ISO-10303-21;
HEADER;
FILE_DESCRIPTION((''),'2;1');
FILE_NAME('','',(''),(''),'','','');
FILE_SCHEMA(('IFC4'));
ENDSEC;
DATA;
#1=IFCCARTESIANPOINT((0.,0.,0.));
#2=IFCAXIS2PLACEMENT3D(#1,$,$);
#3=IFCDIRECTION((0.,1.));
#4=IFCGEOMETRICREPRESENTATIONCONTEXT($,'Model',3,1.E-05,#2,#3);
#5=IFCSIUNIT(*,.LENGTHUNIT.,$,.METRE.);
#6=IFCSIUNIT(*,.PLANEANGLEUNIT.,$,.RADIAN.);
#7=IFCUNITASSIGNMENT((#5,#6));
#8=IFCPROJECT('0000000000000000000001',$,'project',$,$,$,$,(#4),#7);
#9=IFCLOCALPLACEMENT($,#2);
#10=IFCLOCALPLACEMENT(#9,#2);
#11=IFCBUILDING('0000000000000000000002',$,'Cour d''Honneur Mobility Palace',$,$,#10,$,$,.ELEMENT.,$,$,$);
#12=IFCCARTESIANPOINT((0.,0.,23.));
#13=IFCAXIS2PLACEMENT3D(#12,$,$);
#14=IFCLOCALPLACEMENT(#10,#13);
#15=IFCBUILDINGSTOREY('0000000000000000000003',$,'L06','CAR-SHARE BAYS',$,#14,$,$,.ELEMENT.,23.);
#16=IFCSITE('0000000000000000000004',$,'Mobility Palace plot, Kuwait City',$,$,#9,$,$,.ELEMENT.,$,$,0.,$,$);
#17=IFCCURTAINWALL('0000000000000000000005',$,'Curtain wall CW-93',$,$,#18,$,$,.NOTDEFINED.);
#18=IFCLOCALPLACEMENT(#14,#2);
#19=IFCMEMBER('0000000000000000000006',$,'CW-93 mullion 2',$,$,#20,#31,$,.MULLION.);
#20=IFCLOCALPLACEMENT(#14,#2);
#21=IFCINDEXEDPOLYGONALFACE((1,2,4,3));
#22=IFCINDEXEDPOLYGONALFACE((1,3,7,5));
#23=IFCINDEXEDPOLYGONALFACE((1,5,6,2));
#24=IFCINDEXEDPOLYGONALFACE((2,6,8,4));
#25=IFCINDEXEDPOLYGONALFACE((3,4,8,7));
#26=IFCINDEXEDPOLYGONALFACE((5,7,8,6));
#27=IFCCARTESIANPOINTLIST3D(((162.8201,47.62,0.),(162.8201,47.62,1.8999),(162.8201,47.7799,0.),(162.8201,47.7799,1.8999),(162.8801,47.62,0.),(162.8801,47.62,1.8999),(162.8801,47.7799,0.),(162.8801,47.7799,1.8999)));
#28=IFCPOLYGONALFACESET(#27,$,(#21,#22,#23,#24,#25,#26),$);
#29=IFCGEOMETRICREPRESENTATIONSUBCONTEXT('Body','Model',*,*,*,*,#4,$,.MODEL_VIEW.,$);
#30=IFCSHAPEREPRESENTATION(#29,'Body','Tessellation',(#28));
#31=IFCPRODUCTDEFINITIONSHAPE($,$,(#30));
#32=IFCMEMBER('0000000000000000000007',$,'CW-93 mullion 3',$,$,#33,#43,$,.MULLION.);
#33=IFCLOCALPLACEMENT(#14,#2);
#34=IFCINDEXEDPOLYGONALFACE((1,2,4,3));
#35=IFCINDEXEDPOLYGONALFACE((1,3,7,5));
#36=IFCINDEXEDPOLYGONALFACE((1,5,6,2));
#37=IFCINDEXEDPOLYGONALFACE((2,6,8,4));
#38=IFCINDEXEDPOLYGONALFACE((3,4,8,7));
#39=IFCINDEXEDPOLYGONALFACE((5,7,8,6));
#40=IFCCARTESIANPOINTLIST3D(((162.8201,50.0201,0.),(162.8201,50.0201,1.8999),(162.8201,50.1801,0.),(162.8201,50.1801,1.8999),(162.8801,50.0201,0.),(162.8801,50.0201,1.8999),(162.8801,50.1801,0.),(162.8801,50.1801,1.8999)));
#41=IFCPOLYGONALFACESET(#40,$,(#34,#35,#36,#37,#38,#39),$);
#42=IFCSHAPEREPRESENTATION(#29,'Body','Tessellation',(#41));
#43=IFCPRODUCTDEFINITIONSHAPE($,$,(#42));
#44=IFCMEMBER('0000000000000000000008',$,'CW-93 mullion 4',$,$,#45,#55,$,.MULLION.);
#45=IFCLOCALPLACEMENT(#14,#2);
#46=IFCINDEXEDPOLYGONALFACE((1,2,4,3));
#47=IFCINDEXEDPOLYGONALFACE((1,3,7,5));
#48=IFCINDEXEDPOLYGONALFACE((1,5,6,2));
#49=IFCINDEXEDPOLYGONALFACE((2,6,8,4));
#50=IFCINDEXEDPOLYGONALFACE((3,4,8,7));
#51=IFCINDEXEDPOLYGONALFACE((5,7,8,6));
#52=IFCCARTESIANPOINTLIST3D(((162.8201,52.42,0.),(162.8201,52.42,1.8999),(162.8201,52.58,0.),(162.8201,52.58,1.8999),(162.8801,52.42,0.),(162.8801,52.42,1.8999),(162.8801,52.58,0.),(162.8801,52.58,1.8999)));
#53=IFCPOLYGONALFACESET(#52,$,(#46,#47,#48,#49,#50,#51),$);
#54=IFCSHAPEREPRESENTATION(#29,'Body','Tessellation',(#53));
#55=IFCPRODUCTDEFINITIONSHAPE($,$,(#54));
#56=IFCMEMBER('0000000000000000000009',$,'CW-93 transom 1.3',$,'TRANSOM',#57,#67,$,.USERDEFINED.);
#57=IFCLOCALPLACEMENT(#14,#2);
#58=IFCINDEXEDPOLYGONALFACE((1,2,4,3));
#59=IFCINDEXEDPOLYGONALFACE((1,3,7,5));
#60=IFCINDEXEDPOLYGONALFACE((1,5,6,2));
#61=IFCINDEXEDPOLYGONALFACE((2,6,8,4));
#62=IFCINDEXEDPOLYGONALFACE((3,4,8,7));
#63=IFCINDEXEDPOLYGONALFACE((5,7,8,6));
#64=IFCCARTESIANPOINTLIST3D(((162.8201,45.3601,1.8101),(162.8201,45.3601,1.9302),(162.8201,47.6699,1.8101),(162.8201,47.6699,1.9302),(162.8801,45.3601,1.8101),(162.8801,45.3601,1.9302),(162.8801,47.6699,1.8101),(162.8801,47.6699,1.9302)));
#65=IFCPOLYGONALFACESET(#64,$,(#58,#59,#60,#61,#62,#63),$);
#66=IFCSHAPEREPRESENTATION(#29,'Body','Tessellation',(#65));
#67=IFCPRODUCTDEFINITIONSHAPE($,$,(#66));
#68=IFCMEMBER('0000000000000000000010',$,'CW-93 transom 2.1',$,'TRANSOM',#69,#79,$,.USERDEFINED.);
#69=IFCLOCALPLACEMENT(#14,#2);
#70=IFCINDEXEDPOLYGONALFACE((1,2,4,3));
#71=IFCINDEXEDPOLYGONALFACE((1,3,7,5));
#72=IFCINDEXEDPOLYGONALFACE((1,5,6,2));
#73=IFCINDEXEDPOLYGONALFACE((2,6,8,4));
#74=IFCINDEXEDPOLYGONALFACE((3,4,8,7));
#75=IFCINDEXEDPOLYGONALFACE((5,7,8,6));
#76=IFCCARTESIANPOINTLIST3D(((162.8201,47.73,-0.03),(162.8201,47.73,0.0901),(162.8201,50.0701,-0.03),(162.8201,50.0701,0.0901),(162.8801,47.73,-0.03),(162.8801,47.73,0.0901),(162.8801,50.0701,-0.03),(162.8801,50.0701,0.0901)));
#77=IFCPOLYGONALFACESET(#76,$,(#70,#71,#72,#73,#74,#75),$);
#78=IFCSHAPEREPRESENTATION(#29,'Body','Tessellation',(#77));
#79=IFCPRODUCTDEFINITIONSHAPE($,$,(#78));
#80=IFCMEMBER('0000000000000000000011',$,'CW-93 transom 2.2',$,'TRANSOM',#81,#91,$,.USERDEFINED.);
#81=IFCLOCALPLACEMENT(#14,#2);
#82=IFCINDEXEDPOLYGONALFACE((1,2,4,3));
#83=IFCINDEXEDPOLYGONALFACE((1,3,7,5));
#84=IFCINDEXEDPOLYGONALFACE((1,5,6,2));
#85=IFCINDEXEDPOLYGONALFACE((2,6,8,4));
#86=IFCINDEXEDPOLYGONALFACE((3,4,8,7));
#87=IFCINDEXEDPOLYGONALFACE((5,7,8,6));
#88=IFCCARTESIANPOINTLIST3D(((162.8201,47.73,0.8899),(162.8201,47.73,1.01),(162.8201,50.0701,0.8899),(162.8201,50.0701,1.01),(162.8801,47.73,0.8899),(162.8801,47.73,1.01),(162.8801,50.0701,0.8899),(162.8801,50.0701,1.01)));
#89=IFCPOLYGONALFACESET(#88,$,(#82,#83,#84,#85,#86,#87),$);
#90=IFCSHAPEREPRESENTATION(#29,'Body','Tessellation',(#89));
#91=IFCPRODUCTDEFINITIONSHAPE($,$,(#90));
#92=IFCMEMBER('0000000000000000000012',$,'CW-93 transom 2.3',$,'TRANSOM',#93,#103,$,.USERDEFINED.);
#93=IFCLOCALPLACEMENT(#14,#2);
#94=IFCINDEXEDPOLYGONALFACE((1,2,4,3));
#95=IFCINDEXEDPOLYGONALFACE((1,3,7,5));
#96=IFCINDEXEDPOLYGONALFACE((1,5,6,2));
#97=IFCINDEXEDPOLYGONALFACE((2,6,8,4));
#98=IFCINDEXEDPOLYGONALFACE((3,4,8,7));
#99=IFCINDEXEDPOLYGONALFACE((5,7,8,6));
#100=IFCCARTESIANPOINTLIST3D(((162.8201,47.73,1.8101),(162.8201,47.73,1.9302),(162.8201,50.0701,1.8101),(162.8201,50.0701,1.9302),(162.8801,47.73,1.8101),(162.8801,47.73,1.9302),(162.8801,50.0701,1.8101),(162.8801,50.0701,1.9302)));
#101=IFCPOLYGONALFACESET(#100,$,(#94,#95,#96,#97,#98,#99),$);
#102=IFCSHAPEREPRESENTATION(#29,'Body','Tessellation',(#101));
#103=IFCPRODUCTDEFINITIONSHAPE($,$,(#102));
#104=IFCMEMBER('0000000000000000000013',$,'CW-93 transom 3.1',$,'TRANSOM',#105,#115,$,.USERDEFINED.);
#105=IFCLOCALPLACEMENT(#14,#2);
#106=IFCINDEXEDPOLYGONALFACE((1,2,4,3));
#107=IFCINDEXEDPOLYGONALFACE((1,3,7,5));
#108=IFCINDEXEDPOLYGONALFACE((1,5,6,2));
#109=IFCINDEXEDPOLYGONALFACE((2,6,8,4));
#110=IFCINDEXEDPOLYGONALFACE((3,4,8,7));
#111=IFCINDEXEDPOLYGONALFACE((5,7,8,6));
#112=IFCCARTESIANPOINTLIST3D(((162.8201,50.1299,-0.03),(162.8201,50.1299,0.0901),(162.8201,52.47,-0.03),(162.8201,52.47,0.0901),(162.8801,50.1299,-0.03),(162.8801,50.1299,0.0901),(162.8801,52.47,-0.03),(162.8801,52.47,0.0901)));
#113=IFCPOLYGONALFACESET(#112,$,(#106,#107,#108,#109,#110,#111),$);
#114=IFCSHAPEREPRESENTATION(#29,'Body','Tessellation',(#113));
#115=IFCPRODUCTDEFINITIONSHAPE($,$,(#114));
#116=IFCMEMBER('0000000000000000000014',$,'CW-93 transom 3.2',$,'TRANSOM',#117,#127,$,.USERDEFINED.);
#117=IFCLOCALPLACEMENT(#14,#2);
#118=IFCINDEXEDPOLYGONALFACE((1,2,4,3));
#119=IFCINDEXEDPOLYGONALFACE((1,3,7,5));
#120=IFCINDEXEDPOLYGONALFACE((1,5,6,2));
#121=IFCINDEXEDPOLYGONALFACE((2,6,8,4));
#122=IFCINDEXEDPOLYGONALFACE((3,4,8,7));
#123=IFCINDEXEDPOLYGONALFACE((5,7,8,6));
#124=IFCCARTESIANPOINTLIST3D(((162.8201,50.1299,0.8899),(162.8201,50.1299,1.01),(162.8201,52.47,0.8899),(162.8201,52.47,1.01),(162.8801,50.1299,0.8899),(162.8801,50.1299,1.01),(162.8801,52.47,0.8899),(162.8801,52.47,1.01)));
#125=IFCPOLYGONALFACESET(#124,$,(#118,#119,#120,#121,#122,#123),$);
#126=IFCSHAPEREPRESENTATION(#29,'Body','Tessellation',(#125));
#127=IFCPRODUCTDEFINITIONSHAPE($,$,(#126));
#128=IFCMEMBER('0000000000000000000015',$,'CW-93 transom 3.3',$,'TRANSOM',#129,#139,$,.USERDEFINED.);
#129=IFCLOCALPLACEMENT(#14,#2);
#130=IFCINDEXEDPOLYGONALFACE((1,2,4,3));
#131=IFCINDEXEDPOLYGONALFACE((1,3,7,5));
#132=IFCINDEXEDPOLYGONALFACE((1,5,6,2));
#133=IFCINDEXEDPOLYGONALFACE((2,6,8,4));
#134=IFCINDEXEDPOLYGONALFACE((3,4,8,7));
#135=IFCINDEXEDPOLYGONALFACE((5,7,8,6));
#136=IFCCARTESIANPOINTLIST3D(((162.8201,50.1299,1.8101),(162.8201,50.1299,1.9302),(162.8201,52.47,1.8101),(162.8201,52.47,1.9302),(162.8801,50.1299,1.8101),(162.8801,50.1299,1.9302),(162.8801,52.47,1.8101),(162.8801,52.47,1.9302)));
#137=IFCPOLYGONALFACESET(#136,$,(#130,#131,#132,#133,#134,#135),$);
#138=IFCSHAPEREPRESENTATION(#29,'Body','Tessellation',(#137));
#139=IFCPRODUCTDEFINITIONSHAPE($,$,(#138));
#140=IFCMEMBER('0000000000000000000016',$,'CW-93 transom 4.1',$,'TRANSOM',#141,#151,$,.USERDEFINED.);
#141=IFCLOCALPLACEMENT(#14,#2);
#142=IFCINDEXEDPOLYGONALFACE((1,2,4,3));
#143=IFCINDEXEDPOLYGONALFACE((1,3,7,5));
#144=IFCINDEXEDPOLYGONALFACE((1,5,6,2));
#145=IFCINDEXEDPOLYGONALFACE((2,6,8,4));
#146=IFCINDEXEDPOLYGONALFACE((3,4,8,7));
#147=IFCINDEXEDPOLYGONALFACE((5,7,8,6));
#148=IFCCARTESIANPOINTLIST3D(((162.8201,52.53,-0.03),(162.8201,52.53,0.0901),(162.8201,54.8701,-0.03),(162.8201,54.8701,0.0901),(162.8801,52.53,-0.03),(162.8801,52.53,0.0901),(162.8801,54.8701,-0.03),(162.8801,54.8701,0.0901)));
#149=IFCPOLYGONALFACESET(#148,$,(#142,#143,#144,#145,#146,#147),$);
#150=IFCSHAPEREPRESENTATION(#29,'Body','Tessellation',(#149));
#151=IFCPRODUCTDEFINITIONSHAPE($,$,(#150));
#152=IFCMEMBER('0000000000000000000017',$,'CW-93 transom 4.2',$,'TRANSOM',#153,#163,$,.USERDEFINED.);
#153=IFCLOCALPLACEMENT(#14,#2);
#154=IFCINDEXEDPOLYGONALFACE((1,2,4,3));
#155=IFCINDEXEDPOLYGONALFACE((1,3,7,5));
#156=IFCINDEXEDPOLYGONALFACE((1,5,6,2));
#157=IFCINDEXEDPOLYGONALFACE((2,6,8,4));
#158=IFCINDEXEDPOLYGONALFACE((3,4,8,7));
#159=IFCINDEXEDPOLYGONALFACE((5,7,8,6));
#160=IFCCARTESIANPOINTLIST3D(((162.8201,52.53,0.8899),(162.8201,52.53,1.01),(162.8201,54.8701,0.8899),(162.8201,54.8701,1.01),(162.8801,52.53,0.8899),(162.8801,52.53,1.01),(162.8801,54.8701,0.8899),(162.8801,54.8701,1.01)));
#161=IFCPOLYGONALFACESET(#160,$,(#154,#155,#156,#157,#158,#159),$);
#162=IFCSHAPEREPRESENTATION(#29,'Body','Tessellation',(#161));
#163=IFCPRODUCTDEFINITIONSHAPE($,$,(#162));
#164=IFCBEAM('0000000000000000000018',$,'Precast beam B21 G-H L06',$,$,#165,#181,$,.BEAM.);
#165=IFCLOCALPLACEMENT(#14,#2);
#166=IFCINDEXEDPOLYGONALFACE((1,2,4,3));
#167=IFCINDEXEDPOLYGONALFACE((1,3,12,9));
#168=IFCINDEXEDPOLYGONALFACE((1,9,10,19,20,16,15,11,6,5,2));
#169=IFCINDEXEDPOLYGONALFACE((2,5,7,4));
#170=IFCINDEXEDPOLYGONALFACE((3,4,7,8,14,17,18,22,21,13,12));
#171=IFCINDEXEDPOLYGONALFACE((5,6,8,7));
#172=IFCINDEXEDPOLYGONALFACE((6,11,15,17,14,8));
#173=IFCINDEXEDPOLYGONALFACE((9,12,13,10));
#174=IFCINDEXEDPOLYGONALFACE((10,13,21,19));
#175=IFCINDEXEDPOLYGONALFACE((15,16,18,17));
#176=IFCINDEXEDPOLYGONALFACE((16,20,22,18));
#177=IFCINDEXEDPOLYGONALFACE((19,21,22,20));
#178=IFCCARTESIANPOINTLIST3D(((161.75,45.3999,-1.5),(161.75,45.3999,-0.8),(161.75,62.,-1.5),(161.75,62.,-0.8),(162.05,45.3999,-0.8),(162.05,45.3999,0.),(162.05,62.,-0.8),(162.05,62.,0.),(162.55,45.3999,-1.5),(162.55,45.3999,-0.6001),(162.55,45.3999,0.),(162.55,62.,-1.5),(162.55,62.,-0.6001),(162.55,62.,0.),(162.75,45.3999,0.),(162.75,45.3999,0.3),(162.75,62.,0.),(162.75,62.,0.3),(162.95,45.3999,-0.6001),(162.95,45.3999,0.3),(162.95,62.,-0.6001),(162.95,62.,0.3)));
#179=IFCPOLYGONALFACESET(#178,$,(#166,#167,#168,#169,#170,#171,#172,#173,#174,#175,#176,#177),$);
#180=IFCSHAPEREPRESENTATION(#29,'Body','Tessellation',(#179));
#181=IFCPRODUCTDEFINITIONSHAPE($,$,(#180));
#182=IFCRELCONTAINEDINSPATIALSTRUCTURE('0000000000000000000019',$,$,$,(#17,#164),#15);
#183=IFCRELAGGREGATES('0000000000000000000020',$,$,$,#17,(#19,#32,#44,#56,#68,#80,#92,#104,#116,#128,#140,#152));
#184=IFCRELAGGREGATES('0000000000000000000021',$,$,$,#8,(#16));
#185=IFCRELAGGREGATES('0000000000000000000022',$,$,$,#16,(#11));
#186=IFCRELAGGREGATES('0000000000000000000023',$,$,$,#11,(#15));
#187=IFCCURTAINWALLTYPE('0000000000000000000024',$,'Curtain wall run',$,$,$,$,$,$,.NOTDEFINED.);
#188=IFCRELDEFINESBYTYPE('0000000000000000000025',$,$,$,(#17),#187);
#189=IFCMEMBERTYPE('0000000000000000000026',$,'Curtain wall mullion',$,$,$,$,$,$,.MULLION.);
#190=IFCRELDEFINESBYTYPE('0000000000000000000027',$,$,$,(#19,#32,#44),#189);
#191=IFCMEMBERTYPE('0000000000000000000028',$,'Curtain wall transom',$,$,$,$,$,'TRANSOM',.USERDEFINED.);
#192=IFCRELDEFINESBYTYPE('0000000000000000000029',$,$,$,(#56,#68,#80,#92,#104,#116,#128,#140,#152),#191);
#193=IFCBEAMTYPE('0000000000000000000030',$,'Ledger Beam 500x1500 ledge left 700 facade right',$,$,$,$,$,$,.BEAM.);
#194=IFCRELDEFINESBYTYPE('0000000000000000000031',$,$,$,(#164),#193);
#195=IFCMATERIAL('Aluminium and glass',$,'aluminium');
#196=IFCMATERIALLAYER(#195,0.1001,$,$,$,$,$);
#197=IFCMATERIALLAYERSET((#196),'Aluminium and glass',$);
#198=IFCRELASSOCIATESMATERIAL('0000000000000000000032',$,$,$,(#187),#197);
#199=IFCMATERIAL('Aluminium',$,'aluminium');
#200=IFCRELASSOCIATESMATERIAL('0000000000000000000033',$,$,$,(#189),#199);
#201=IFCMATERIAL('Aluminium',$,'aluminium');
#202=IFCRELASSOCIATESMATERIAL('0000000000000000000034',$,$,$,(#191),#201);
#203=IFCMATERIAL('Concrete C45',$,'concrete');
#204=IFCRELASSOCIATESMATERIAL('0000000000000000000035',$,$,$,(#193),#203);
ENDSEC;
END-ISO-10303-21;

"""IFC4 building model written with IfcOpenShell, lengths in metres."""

from ifc_helpers import new_model, si_unit, direction, frame, origin, origin_2d, place, context, subcontext, project, spatial, polyline, rectangle, outline, extrude, material, layer, layer_set, material_profile, profile_set, type_object, element, aggregate, save


model = new_model("IFC4")

# Units and contexts
model_context = context("Model", 3, precision=1e-05, world=origin(), true_north=direction((0.0, 1.0)))
body_context = subcontext(model_context, "Body", "Model", "MODEL_VIEW")
ifc_project = project(units=[si_unit("LENGTHUNIT", "METRE"), si_unit("PLANEANGLEUNIT", "RADIAN")], contexts=[model_context])

# Site, building, storey
site_placement = place(None, origin())
site = spatial("IfcSite", under=ifc_project, at=site_placement, Name="Mobility Palace plot, Kuwait City", CompositionType="ELEMENT", RefElevation=0.0)
building_placement = place(site_placement, origin())
building = spatial("IfcBuilding", under=site, at=building_placement, Name="Cour d'Honneur Mobility Palace", CompositionType="ELEMENT")
storey_placement = place(building_placement, frame((0.0, 0.0, 23.0)))
storey = spatial("IfcBuildingStorey", under=building, at=storey_placement, Name="L06", Description="CAR-SHARE BAYS", CompositionType="ELEMENT", Elevation=23.0)

# Curtain wall, members
ifc_material_1 = material(Name="Aluminium and glass", Category="aluminium")
ifc_layer_1 = layer(ifc_material_1, 0.1001)
ifc_layer_set_1 = layer_set([ifc_layer_1], Name="Aluminium and glass")
curtain_wall_type = type_object("IfcCurtainWallType", Name="Curtain wall run", PredefinedType="NOTDEFINED", material=ifc_layer_set_1)
curtain_wall_placement = place(storey_placement, origin())
curtain_wall = element("IfcCurtainWall", 1, at=curtain_wall_placement, inside=storey, type_object=curtain_wall_type, Name="Curtain wall CW-93", PredefinedType="NOTDEFINED")
ifc_material_2 = material(Name="Aluminium", Category="aluminium")
ifc_material_profile_1 = material_profile(ifc_material_2, rectangle(XDim=0.0601, YDim=0.1599, at=origin_2d()), Name="Curtain wall mullion")
ifc_profile_set_1 = profile_set([ifc_material_profile_1], Name="Aluminium")
member_type_1 = type_object("IfcMemberType", Name="Curtain wall mullion", PredefinedType="MULLION", material=ifc_profile_set_1)
member_1_placement = place(storey_placement, frame((162.8501, 47.7, 0.0), z_axis=(0.0, 0.0, 1.0), x_axis=(-1.0, 0.0, 0.0)))
member_1 = element("IfcMember", 2, at=member_1_placement, type_object=member_type_1, Name="CW-93 mullion 2", PredefinedType="MULLION", context=body_context, shape_type="SweptSolid", body=[
    extrude(rectangle(XDim=0.0601, YDim=0.1599, at=origin_2d()), origin(), (0.0, 0.0, 1.0), 1.8999),
])
member_2_placement = place(storey_placement, frame((162.8501, 50.1001, 0.0), z_axis=(0.0, 0.0, 1.0), x_axis=(-1.0, 0.0, 0.0)))
member_2 = element("IfcMember", 3, at=member_2_placement, type_object=member_type_1, Name="CW-93 mullion 3", PredefinedType="MULLION", context=body_context, shape_type="SweptSolid", body=[
    extrude(rectangle(XDim=0.0601, YDim=0.1599, at=origin_2d()), origin(), (0.0, 0.0, 1.0), 1.8999),
])
member_3_placement = place(storey_placement, frame((162.8501, 52.5, 0.0), z_axis=(0.0, 0.0, 1.0), x_axis=(-1.0, 0.0, 0.0)))
member_3 = element("IfcMember", 4, at=member_3_placement, type_object=member_type_1, Name="CW-93 mullion 4", PredefinedType="MULLION", context=body_context, shape_type="SweptSolid", body=[
    extrude(rectangle(XDim=0.0601, YDim=0.1599, at=origin_2d()), origin(), (0.0, 0.0, 1.0), 1.8999),
])
ifc_material_3 = material(Name="Aluminium", Category="aluminium")
ifc_material_profile_2 = material_profile(ifc_material_3, rectangle(XDim=0.0601, YDim=0.1201, at=origin_2d()), Name="Curtain wall transom")
ifc_profile_set_2 = profile_set([ifc_material_profile_2], Name="Aluminium")
member_type_2 = type_object("IfcMemberType", Name="Curtain wall transom", ElementType="TRANSOM", PredefinedType="USERDEFINED", material=ifc_profile_set_2)
member_4_placement = place(storey_placement, frame((162.8501, 45.3601, 1.8701), z_axis=(0.0, 1.0, 0.0), x_axis=(-1.0, 0.0, 0.0)))
member_4 = element("IfcMember", 5, at=member_4_placement, type_object=member_type_2, Name="CW-93 transom 1.3", ObjectType="TRANSOM", PredefinedType="USERDEFINED", context=body_context, shape_type="SweptSolid", body=[
    extrude(rectangle(XDim=0.0601, YDim=0.1201, at=origin_2d()), origin(), (0.0, 0.0, 1.0), 2.3098),
])
member_5_placement = place(storey_placement, frame((162.8501, 47.73, 0.03), z_axis=(0.0, 1.0, 0.0), x_axis=(-1.0, 0.0, 0.0)))
member_5 = element("IfcMember", 6, at=member_5_placement, type_object=member_type_2, Name="CW-93 transom 2.1", ObjectType="TRANSOM", PredefinedType="USERDEFINED", context=body_context, shape_type="SweptSolid", body=[
    extrude(rectangle(XDim=0.0601, YDim=0.1201, at=origin_2d()), origin(), (0.0, 0.0, 1.0), 2.3401),
])
member_6_placement = place(storey_placement, frame((162.8501, 47.73, 0.95), z_axis=(0.0, 1.0, 0.0), x_axis=(-1.0, 0.0, 0.0)))
member_6 = element("IfcMember", 7, at=member_6_placement, type_object=member_type_2, Name="CW-93 transom 2.2", ObjectType="TRANSOM", PredefinedType="USERDEFINED", context=body_context, shape_type="SweptSolid", body=[
    extrude(rectangle(XDim=0.0601, YDim=0.1201, at=origin_2d()), origin(), (0.0, 0.0, 1.0), 2.3401),
])
member_7_placement = place(storey_placement, frame((162.8501, 47.73, 1.8701), z_axis=(0.0, 1.0, 0.0), x_axis=(-1.0, 0.0, 0.0)))
member_7 = element("IfcMember", 8, at=member_7_placement, type_object=member_type_2, Name="CW-93 transom 2.3", ObjectType="TRANSOM", PredefinedType="USERDEFINED", context=body_context, shape_type="SweptSolid", body=[
    extrude(rectangle(XDim=0.0601, YDim=0.1201, at=origin_2d()), origin(), (0.0, 0.0, 1.0), 2.3401),
])
member_8_placement = place(storey_placement, frame((162.8501, 50.1299, 0.03), z_axis=(0.0, 1.0, 0.0), x_axis=(-1.0, 0.0, 0.0)))
member_8 = element("IfcMember", 9, at=member_8_placement, type_object=member_type_2, Name="CW-93 transom 3.1", ObjectType="TRANSOM", PredefinedType="USERDEFINED", context=body_context, shape_type="SweptSolid", body=[
    extrude(rectangle(XDim=0.0601, YDim=0.1201, at=origin_2d()), origin(), (0.0, 0.0, 1.0), 2.3401),
])
member_9_placement = place(storey_placement, frame((162.8501, 50.1299, 0.95), z_axis=(0.0, 1.0, 0.0), x_axis=(-1.0, 0.0, 0.0)))
member_9 = element("IfcMember", 10, at=member_9_placement, type_object=member_type_2, Name="CW-93 transom 3.2", ObjectType="TRANSOM", PredefinedType="USERDEFINED", context=body_context, shape_type="SweptSolid", body=[
    extrude(rectangle(XDim=0.0601, YDim=0.1201, at=origin_2d()), origin(), (0.0, 0.0, 1.0), 2.3401),
])
member_10_placement = place(storey_placement, frame((162.8501, 50.1299, 1.8701), z_axis=(0.0, 1.0, 0.0), x_axis=(-1.0, 0.0, 0.0)))
member_10 = element("IfcMember", 11, at=member_10_placement, type_object=member_type_2, Name="CW-93 transom 3.3", ObjectType="TRANSOM", PredefinedType="USERDEFINED", context=body_context, shape_type="SweptSolid", body=[
    extrude(rectangle(XDim=0.0601, YDim=0.1201, at=origin_2d()), origin(), (0.0, 0.0, 1.0), 2.3401),
])
member_11_placement = place(storey_placement, frame((162.8501, 52.53, 0.03), z_axis=(0.0, 1.0, 0.0), x_axis=(-1.0, 0.0, 0.0)))
member_11 = element("IfcMember", 12, at=member_11_placement, type_object=member_type_2, Name="CW-93 transom 4.1", ObjectType="TRANSOM", PredefinedType="USERDEFINED", context=body_context, shape_type="SweptSolid", body=[
    extrude(rectangle(XDim=0.0601, YDim=0.1201, at=origin_2d()), origin(), (0.0, 0.0, 1.0), 2.3401),
])
member_12_placement = place(storey_placement, frame((162.8501, 52.53, 0.95), z_axis=(0.0, 1.0, 0.0), x_axis=(-1.0, 0.0, 0.0)))
member_12 = element("IfcMember", 13, at=member_12_placement, type_object=member_type_2, Name="CW-93 transom 4.2", ObjectType="TRANSOM", PredefinedType="USERDEFINED", context=body_context, shape_type="SweptSolid", body=[
    extrude(rectangle(XDim=0.0601, YDim=0.1201, at=origin_2d()), origin(), (0.0, 0.0, 1.0), 2.3401),
])

# Beam
ifc_material_4 = material(Name="Concrete C45", Category="concrete")
ifc_material_profile_3 = material_profile(ifc_material_4, outline(polyline([(0.55, -1.5), (0.55, -0.8), (0.25, -0.8), (0.25, 0.0), (-0.25, 0.0), (-0.45, 0.0), (-0.45, 0.3), (-0.6499, 0.3), (-0.6499, -0.6001), (-0.25, -0.6001), (-0.25, -1.5), (0.55, -1.5)])), Name="Ledger Beam 500x1500 ledge left 700 facade right")
ifc_profile_set_3 = profile_set([ifc_material_profile_3], Name="Concrete C45")
beam_type = type_object("IfcBeamType", Name="Ledger Beam 500x1500 ledge left 700 facade right", PredefinedType="BEAM", material=ifc_profile_set_3)
beam_placement = place(storey_placement, frame((162.3, 45.3999, 0.0), z_axis=(0.0, 1.0, 0.0), x_axis=(-1.0, 0.0, 0.0)))
element("IfcBeam", 14, at=beam_placement, inside=storey, type_object=beam_type, Name="Precast beam B21 G-H L06", PredefinedType="BEAM", context=body_context, shape_type="SweptSolid", body=[
    extrude(outline(polyline([(0.55, -1.5), (0.55, -0.8), (0.25, -0.8), (0.25, 0.0), (-0.25, 0.0), (-0.45, 0.0), (-0.45, 0.3), (-0.6499, 0.3), (-0.6499, -0.6001), (-0.25, -0.6001), (-0.25, -1.5), (0.55, -1.5)])), origin(), (0.0, 0.0, 1.0), 16.6001),
])

aggregate(curtain_wall, [member_1, member_2, member_3, member_4, member_5, member_6, member_7, member_8, member_9, member_10, member_11, member_12])

save(model, "model.ifc")
